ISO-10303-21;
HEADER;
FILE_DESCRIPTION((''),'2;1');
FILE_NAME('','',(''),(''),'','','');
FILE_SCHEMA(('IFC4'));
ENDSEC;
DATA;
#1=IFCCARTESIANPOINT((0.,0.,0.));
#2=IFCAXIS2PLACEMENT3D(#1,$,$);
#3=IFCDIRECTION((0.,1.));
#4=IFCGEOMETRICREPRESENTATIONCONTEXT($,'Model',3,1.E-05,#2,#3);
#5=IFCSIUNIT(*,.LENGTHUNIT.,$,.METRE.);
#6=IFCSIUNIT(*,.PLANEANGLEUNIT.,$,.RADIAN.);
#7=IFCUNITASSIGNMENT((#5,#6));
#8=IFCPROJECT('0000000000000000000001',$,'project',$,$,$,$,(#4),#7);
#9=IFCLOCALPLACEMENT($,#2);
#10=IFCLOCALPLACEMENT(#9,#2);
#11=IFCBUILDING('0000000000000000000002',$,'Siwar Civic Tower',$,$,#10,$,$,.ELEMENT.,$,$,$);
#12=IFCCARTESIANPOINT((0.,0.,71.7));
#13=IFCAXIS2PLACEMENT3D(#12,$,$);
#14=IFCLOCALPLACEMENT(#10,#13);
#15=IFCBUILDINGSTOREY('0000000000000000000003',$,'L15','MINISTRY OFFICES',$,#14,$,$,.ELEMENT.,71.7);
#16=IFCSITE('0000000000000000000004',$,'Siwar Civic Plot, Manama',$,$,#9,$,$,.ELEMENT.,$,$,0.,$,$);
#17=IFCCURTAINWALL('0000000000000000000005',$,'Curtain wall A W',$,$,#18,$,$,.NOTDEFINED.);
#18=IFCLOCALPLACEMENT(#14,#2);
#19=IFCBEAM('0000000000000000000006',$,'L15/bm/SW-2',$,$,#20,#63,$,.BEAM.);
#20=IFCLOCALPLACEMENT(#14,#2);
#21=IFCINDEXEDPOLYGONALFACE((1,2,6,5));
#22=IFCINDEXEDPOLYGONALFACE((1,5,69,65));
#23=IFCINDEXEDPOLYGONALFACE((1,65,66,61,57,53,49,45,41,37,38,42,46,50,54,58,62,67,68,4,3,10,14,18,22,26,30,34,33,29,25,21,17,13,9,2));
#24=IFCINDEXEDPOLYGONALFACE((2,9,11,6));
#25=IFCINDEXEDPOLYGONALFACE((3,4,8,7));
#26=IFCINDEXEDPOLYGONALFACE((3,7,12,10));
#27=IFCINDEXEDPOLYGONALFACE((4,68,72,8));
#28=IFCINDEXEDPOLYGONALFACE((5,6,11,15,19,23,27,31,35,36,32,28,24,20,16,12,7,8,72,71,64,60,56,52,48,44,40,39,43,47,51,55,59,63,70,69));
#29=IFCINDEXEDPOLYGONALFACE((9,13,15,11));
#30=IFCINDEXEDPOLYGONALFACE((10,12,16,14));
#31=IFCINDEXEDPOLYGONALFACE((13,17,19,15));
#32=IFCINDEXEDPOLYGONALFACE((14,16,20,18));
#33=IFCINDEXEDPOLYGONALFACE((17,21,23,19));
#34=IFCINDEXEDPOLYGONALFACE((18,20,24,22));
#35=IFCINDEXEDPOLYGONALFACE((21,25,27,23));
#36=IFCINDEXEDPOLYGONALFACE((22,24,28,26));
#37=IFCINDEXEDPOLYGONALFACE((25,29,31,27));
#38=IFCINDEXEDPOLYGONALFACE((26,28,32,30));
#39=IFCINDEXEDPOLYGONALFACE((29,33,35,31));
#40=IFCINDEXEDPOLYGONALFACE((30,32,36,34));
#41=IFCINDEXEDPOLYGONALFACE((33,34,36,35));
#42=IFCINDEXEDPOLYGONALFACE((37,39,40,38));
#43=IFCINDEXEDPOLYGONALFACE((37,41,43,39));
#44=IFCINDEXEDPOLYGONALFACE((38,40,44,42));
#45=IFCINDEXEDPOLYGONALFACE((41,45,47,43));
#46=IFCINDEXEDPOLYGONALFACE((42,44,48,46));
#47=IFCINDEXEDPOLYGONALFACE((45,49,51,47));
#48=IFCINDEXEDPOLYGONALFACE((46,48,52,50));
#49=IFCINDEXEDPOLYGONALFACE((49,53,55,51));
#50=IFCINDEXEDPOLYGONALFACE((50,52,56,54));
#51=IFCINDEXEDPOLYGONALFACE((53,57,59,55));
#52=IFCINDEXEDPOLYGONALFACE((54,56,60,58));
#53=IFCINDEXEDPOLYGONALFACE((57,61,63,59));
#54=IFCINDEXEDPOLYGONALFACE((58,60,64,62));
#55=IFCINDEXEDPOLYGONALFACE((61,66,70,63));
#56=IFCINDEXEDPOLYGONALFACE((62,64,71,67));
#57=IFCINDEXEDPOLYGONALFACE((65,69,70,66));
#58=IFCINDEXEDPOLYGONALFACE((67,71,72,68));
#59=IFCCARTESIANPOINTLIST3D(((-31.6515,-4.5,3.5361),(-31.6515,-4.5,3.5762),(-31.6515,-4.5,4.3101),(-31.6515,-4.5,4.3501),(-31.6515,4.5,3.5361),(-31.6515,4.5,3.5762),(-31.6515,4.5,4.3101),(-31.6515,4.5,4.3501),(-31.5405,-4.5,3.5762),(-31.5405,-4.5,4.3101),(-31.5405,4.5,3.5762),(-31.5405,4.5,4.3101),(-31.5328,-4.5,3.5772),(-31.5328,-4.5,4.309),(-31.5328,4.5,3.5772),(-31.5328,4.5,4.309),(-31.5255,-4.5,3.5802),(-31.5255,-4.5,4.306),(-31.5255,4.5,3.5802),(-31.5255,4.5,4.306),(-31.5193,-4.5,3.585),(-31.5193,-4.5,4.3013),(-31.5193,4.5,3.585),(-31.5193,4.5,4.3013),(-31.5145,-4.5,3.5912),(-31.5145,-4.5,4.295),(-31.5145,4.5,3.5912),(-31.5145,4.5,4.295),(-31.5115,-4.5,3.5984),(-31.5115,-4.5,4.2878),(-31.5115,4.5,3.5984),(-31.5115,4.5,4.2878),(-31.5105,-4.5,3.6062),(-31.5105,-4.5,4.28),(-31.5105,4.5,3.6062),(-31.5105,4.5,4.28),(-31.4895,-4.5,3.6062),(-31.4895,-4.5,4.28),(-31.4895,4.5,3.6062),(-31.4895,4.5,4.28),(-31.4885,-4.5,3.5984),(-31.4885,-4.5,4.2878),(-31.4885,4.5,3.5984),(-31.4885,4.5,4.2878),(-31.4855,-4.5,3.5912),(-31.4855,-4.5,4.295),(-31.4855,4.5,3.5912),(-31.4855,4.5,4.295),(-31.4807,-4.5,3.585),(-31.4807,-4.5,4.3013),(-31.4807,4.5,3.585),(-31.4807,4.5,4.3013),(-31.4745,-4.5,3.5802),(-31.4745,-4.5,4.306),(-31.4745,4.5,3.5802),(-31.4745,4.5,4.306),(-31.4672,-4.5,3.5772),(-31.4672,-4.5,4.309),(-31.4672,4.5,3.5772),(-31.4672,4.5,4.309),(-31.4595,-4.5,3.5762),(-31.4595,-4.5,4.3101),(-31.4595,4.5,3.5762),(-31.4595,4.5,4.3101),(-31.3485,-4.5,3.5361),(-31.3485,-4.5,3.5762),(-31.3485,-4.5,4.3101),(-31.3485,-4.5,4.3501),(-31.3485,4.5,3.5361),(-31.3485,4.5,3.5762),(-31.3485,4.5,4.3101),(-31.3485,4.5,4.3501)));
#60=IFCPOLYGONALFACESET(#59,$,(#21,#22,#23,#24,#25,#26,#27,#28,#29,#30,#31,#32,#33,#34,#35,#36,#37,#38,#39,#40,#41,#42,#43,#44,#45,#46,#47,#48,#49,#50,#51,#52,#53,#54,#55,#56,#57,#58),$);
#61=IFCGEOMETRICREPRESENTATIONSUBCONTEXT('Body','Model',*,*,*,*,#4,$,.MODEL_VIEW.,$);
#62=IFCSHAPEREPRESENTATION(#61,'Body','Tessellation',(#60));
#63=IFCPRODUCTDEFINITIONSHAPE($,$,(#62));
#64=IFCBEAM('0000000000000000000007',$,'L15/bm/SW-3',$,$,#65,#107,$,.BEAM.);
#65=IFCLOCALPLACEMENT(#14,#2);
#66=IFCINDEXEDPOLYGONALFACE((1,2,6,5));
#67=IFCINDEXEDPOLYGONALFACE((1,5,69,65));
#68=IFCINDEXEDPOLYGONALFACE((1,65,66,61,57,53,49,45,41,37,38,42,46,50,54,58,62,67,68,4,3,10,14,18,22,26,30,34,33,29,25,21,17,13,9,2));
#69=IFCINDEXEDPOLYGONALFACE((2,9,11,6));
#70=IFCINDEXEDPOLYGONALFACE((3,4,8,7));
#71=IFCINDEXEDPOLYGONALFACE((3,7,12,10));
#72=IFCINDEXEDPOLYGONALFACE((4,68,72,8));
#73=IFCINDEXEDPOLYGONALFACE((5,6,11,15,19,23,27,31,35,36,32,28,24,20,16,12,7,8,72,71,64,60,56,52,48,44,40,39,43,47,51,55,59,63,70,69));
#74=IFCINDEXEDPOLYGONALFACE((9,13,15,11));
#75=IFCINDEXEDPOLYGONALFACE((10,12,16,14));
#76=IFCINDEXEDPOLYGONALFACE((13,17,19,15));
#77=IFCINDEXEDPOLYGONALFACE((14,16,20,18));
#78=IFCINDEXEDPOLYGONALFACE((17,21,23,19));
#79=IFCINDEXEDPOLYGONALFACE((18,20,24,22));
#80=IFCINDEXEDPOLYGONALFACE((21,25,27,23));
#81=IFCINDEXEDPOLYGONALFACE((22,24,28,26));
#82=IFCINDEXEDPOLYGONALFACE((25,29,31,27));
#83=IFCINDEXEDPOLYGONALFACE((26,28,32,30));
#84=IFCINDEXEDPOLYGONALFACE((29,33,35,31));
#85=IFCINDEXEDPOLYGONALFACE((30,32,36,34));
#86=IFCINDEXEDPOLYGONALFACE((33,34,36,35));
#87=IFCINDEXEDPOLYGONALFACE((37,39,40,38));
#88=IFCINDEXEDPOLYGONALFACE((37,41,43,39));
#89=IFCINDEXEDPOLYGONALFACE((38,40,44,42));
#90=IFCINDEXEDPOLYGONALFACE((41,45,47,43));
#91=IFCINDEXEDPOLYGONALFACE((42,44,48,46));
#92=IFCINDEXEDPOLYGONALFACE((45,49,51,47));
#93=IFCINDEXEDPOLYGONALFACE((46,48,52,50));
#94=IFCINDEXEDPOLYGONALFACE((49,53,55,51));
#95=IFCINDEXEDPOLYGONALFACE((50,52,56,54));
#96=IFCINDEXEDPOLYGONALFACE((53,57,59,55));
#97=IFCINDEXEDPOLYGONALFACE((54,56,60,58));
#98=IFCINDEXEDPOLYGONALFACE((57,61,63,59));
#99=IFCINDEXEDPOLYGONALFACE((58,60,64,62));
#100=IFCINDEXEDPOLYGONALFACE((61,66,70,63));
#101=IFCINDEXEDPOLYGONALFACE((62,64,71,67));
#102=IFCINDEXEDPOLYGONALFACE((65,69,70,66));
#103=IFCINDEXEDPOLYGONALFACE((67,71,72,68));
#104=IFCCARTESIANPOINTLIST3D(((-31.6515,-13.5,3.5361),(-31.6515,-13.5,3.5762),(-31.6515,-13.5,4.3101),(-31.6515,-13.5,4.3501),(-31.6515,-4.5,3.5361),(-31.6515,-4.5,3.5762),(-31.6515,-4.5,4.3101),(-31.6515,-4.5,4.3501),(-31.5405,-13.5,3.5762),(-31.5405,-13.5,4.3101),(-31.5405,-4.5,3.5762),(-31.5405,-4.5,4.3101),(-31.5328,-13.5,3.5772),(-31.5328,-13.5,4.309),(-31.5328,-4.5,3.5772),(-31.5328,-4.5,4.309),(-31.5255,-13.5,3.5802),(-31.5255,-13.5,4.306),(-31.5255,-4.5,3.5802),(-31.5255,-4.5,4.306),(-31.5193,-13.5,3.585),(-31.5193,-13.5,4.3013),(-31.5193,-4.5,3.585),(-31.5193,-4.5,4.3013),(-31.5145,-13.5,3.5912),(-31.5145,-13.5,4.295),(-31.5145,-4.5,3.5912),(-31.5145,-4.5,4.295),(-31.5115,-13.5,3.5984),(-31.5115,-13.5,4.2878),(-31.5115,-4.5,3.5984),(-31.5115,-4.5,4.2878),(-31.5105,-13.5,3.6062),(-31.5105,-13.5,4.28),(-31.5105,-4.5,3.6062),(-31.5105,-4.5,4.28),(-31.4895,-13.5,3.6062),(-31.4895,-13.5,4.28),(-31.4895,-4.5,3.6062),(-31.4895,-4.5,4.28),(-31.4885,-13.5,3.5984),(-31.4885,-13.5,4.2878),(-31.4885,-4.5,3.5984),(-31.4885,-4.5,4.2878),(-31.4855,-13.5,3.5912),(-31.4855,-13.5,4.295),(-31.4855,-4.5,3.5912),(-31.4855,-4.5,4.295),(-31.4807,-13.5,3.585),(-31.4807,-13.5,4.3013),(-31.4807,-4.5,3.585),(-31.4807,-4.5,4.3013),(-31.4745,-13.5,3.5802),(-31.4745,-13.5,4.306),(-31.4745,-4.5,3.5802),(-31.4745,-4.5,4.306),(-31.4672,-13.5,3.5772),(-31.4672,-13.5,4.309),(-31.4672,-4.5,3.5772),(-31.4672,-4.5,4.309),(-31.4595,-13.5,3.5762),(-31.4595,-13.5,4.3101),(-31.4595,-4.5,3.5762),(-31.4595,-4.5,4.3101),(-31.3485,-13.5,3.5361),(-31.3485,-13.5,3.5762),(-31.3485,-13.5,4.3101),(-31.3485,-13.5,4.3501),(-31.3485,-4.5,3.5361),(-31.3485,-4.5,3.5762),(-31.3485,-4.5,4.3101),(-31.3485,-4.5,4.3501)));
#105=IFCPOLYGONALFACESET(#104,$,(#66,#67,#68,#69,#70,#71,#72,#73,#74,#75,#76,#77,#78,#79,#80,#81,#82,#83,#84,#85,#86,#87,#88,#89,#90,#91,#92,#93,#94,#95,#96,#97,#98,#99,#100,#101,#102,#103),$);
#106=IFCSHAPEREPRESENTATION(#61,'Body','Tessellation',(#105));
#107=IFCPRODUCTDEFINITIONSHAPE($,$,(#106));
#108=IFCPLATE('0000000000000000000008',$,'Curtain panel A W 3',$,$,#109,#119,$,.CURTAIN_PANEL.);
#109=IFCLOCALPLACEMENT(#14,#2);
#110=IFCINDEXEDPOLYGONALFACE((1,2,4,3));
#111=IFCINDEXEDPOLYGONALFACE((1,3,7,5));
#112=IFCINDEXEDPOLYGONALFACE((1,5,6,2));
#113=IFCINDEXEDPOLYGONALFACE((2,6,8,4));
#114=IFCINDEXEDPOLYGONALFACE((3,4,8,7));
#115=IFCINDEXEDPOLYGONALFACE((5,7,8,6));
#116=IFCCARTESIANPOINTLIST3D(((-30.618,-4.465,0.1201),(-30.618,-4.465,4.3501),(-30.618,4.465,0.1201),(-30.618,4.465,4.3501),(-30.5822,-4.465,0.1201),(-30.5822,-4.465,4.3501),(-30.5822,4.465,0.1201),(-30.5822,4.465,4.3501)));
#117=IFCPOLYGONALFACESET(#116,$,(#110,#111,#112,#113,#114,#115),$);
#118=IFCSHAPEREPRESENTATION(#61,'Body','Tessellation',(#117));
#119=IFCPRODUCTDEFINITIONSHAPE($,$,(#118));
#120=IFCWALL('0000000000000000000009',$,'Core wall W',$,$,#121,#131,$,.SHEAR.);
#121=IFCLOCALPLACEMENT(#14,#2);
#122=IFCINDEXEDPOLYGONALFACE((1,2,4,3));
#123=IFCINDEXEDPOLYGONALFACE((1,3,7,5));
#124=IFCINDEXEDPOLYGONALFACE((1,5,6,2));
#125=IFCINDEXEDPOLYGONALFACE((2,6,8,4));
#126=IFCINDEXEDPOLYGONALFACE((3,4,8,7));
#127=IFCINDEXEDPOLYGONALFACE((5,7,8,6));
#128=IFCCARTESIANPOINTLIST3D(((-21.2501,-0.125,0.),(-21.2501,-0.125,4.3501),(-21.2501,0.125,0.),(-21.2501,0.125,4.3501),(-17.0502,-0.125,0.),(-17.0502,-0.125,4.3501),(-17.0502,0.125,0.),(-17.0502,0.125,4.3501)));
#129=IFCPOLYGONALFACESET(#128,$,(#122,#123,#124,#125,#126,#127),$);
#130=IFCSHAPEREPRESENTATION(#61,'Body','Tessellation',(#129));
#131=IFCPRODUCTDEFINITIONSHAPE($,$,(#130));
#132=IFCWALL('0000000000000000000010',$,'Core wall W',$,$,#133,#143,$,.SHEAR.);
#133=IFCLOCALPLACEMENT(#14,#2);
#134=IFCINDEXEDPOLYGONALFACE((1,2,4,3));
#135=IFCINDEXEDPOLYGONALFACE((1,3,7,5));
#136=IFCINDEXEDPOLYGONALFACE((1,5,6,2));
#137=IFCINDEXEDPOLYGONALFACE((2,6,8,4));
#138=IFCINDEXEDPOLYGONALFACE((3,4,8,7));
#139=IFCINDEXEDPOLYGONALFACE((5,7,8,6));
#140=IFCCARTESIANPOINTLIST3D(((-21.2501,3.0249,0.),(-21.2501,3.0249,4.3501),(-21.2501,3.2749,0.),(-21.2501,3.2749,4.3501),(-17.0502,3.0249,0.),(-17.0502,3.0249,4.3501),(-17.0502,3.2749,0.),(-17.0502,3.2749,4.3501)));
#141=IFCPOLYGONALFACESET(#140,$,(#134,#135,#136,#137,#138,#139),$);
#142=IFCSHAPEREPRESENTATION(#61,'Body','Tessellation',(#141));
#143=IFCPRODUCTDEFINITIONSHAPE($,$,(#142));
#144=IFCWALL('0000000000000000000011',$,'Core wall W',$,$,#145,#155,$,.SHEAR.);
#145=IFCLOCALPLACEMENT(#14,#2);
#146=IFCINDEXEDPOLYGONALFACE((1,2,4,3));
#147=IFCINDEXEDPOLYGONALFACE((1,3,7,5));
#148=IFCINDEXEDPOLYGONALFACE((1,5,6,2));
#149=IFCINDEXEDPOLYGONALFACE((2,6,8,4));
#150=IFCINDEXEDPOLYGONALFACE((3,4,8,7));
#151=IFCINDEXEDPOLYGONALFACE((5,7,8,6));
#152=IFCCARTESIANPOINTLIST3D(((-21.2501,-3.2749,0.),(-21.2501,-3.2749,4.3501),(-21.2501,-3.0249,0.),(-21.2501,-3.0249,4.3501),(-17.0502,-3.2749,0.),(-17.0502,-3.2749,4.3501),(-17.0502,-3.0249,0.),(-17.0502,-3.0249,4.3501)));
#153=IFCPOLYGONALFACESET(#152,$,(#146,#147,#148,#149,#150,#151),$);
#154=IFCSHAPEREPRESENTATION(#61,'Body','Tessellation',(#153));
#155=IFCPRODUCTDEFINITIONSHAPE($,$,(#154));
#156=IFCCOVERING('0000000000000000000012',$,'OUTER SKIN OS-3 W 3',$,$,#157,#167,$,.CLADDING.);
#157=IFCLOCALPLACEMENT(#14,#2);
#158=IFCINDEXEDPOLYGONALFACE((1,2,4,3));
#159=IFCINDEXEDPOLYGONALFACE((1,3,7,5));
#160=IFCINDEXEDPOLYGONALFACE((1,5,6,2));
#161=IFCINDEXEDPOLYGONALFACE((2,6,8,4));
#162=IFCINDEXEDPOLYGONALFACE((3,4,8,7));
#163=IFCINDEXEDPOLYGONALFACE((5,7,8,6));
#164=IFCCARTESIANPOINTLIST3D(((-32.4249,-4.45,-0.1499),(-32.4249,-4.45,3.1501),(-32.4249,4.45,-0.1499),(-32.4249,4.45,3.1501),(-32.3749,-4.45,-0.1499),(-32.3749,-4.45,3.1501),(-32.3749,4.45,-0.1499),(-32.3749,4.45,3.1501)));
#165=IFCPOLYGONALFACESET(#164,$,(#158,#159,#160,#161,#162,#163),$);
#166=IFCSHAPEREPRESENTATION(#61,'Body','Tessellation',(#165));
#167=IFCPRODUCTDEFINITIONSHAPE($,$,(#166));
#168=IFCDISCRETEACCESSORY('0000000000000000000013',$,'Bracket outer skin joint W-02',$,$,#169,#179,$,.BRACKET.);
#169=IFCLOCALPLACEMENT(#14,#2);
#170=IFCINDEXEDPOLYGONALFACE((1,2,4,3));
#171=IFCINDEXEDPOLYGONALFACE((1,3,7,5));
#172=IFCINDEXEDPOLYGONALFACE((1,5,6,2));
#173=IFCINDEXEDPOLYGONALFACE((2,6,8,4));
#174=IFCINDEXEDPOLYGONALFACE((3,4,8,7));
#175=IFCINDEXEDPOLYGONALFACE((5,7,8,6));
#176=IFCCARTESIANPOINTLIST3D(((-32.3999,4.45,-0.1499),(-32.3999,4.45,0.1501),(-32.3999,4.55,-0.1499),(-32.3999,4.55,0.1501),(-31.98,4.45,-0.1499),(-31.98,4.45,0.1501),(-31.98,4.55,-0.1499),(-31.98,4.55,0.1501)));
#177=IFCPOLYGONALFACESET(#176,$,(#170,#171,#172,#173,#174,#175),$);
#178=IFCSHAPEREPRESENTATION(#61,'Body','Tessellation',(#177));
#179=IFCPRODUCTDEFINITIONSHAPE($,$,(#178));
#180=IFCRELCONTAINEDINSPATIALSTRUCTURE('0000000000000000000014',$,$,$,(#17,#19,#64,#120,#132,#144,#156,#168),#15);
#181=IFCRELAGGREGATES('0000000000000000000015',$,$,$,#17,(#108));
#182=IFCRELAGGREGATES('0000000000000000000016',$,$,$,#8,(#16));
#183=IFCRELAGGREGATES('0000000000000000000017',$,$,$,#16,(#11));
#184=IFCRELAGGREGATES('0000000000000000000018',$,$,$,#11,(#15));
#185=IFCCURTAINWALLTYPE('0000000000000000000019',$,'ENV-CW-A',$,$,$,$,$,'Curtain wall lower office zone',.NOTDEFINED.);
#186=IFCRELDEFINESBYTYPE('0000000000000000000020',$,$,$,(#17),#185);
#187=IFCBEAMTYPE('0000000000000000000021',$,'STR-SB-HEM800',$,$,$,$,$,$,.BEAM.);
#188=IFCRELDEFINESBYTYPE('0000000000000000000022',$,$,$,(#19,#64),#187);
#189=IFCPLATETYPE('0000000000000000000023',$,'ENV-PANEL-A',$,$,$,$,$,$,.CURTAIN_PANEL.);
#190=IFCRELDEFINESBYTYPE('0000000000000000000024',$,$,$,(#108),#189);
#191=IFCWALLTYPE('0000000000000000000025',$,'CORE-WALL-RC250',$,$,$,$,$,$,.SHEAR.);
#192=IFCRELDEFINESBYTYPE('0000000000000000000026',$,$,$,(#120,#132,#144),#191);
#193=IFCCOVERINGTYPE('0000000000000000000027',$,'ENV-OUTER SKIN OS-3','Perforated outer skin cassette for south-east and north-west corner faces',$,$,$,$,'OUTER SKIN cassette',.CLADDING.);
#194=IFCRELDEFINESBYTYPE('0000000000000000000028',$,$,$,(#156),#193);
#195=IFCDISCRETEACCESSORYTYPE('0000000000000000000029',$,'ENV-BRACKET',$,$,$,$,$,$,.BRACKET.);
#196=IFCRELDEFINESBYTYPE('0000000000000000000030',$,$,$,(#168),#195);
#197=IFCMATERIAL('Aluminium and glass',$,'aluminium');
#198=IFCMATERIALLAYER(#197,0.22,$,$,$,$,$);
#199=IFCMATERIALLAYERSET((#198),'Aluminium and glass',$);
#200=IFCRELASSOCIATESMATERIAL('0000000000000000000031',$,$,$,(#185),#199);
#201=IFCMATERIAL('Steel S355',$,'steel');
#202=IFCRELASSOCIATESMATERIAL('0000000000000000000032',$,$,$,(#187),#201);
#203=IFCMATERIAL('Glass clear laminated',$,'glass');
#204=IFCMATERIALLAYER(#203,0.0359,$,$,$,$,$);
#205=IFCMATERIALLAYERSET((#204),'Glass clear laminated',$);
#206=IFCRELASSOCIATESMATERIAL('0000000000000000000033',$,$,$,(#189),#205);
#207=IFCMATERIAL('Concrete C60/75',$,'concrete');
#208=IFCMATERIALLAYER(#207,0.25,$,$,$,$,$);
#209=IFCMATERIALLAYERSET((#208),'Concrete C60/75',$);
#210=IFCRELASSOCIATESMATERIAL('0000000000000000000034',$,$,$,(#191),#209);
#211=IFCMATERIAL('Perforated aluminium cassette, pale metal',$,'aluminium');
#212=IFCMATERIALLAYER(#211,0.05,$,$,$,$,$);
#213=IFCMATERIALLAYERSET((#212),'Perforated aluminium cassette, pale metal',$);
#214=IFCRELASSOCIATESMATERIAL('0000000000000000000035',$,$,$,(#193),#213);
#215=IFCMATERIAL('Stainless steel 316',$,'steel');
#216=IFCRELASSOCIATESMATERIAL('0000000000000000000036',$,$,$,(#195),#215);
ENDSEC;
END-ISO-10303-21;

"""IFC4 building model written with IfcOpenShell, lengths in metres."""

from ifc_helpers import new_model, si_unit, direction, frame, frame_2d, origin, origin_2d, place, context, subcontext, project, spatial, rectangle, i_section, extrude, material, layer, layer_set, material_profile, profile_set, type_object, element, aggregate, save


model = new_model("IFC4")

# Units and contexts
model_context = context("Model", 3, precision=1e-05, world=origin(), true_north=direction((0.0, 1.0)))
body_context = subcontext(model_context, "Body", "Model", "MODEL_VIEW")
ifc_project = project(units=[si_unit("LENGTHUNIT", "METRE"), si_unit("PLANEANGLEUNIT", "RADIAN")], contexts=[model_context])

# Site, building, storey
site_placement = place(None, origin())
site = spatial("IfcSite", under=ifc_project, at=site_placement, Name="Siwar Civic Plot, Manama", CompositionType="ELEMENT", RefElevation=0.0)
building_placement = place(site_placement, origin())
building = spatial("IfcBuilding", under=site, at=building_placement, Name="Siwar Civic Tower", CompositionType="ELEMENT")
storey_placement = place(building_placement, frame((0.0, 0.0, 71.7)))
storey = spatial("IfcBuildingStorey", under=building, at=storey_placement, Name="L15", Description="MINISTRY OFFICES", CompositionType="ELEMENT", Elevation=71.7)

# Curtain wall
ifc_material_1 = material(Name="Aluminium and glass", Category="aluminium")
ifc_layer_1 = layer(ifc_material_1, 0.22)
ifc_layer_set_1 = layer_set([ifc_layer_1], Name="Aluminium and glass")
curtain_wall_type = type_object("IfcCurtainWallType", Name="ENV-CW-A", ElementType="Curtain wall lower office zone", PredefinedType="NOTDEFINED", material=ifc_layer_set_1)
curtain_wall_placement = place(storey_placement, origin())
curtain_wall = element("IfcCurtainWall", 1, at=curtain_wall_placement, inside=storey, type_object=curtain_wall_type, Name="Curtain wall A W", PredefinedType="NOTDEFINED")

# Beams
ifc_material_2 = material(Name="Steel S355", Category="steel")
ifc_material_profile_1 = material_profile(ifc_material_2, i_section(OverallWidth=0.303, OverallDepth=0.814, WebThickness=0.021, FlangeThickness=0.04, FilletRadius=0.03, at=origin_2d()), Name="HEM800")
ifc_profile_set_1 = profile_set([ifc_material_profile_1], Name="Steel S355")
beam_type_1 = type_object("IfcBeamType", Name="STR-SB-HEM800", PredefinedType="BEAM", material=ifc_profile_set_1)
for number, where, z_axis, x_axis, name in (
    (2, (-31.5, 4.5, 3.9431), (0.0, -1.0, 0.0), (1.0, 0.0, 0.0), "L15/bm/SW-2"),
    (3, (-31.5, -4.5, 3.9431), (0.0, -1.0, 0.0), (1.0, 0.0, 0.0), "L15/bm/SW-3"),
):
    element("IfcBeam", number, at=place(storey_placement, frame(where, z_axis=z_axis, x_axis=x_axis)), inside=storey, type_object=beam_type_1, Name=name, PredefinedType="BEAM", context=body_context, shape_type="SweptSolid", body=[
        extrude(i_section(OverallWidth=0.303, OverallDepth=0.814, WebThickness=0.021, FlangeThickness=0.04, FilletRadius=0.03, at=origin_2d()), origin(), (0.0, 0.0, 1.0), 9.0),
    ])

# Plate
ifc_material_3 = material(Name="Glass clear laminated", Category="glass")
ifc_layer_2 = layer(ifc_material_3, 0.0359)
ifc_layer_set_2 = layer_set([ifc_layer_2], Name="Glass clear laminated")
plate_type = type_object("IfcPlateType", Name="ENV-PANEL-A", PredefinedType="CURTAIN_PANEL", material=ifc_layer_set_2)
plate_placement = place(storey_placement, frame((-30.6001, 0.0, 0.1201), z_axis=(0.0, 0.0, 1.0), x_axis=(0.0, -1.0, 0.0)))
plate = element("IfcPlate", 4, at=plate_placement, type_object=plate_type, Name="Curtain panel A W 3", PredefinedType="CURTAIN_PANEL", context=body_context, shape_type="SweptSolid", body=[
    extrude(rectangle(XDim=8.9299, YDim=0.0359, at=origin_2d()), origin(), (0.0, 0.0, 1.0), 4.23),
])
aggregate(curtain_wall, [plate])

# Walls
ifc_material_4 = material(Name="Concrete C60/75", Category="concrete")
ifc_layer_3 = layer(ifc_material_4, 0.25)
ifc_layer_set_3 = layer_set([ifc_layer_3], Name="Concrete C60/75")
wall_type = type_object("IfcWallType", Name="CORE-WALL-RC250", PredefinedType="SHEAR", material=ifc_layer_set_3)
for number, where, z_axis, x_axis, name in (
    (5, (-17.05, 0.0, 0.0), (0.0, 0.0, 1.0), (-1.0, 0.0, 0.0), "Core wall W"),
    (6, (-17.05, 3.1499, 0.0), (0.0, 0.0, 1.0), (-1.0, 0.0, 0.0), "Core wall W"),
    (7, (-17.05, -3.1499, 0.0), (0.0, 0.0, 1.0), (-1.0, 0.0, 0.0), "Core wall W"),
):
    element("IfcWall", number, at=place(storey_placement, frame(where, z_axis=z_axis, x_axis=x_axis)), inside=storey, type_object=wall_type, Name=name, PredefinedType="SHEAR", context=body_context, shape_type="SweptSolid", body=[
        extrude(rectangle(XDim=4.2, YDim=0.25, at=frame_2d((2.1001, 0.0))), origin(), (0.0, 0.0, 1.0), 4.3501),
    ])

# Covering
ifc_material_5 = material(Name="Perforated aluminium cassette, pale metal", Category="aluminium")
ifc_layer_4 = layer(ifc_material_5, 0.05)
ifc_layer_set_4 = layer_set([ifc_layer_4], Name="Perforated aluminium cassette, pale metal")
covering_type = type_object("IfcCoveringType", Name="ENV-OUTER SKIN OS-3", Description="Perforated outer skin cassette for south-east and north-west corner faces", ElementType="OUTER SKIN cassette", PredefinedType="CLADDING", material=ifc_layer_set_4)
covering_placement = place(storey_placement, frame((-32.3999, 0.0, -0.1499), z_axis=(0.0, 0.0, 1.0), x_axis=(0.0, -1.0, 0.0)))
element("IfcCovering", 8, at=covering_placement, inside=storey, type_object=covering_type, Name="OUTER SKIN OS-3 W 3", PredefinedType="CLADDING", context=body_context, shape_type="SweptSolid", body=[
    extrude(rectangle(XDim=8.8999, YDim=0.05, at=origin_2d()), origin(), (0.0, 0.0, 1.0), 3.3),
])

# Discrete accessory
ifc_material_6 = material(Name="Stainless steel 316", Category="steel")
discrete_accessory_type = type_object("IfcDiscreteAccessoryType", Name="ENV-BRACKET", PredefinedType="BRACKET", material=ifc_material_6)
discrete_accessory_placement = place(storey_placement, frame((-32.1899, 4.5, -0.1499), z_axis=(0.0, 0.0, 1.0), x_axis=(-1.0, 0.0, 0.0)))
element("IfcDiscreteAccessory", 9, at=discrete_accessory_placement, inside=storey, type_object=discrete_accessory_type, Name="Bracket outer skin joint W-02", PredefinedType="BRACKET", context=body_context, shape_type="SweptSolid", body=[
    extrude(rectangle(XDim=0.4199, YDim=0.1001, at=origin_2d()), origin(), (0.0, 0.0, 1.0), 0.3),
])

save(model, "model.ifc")
